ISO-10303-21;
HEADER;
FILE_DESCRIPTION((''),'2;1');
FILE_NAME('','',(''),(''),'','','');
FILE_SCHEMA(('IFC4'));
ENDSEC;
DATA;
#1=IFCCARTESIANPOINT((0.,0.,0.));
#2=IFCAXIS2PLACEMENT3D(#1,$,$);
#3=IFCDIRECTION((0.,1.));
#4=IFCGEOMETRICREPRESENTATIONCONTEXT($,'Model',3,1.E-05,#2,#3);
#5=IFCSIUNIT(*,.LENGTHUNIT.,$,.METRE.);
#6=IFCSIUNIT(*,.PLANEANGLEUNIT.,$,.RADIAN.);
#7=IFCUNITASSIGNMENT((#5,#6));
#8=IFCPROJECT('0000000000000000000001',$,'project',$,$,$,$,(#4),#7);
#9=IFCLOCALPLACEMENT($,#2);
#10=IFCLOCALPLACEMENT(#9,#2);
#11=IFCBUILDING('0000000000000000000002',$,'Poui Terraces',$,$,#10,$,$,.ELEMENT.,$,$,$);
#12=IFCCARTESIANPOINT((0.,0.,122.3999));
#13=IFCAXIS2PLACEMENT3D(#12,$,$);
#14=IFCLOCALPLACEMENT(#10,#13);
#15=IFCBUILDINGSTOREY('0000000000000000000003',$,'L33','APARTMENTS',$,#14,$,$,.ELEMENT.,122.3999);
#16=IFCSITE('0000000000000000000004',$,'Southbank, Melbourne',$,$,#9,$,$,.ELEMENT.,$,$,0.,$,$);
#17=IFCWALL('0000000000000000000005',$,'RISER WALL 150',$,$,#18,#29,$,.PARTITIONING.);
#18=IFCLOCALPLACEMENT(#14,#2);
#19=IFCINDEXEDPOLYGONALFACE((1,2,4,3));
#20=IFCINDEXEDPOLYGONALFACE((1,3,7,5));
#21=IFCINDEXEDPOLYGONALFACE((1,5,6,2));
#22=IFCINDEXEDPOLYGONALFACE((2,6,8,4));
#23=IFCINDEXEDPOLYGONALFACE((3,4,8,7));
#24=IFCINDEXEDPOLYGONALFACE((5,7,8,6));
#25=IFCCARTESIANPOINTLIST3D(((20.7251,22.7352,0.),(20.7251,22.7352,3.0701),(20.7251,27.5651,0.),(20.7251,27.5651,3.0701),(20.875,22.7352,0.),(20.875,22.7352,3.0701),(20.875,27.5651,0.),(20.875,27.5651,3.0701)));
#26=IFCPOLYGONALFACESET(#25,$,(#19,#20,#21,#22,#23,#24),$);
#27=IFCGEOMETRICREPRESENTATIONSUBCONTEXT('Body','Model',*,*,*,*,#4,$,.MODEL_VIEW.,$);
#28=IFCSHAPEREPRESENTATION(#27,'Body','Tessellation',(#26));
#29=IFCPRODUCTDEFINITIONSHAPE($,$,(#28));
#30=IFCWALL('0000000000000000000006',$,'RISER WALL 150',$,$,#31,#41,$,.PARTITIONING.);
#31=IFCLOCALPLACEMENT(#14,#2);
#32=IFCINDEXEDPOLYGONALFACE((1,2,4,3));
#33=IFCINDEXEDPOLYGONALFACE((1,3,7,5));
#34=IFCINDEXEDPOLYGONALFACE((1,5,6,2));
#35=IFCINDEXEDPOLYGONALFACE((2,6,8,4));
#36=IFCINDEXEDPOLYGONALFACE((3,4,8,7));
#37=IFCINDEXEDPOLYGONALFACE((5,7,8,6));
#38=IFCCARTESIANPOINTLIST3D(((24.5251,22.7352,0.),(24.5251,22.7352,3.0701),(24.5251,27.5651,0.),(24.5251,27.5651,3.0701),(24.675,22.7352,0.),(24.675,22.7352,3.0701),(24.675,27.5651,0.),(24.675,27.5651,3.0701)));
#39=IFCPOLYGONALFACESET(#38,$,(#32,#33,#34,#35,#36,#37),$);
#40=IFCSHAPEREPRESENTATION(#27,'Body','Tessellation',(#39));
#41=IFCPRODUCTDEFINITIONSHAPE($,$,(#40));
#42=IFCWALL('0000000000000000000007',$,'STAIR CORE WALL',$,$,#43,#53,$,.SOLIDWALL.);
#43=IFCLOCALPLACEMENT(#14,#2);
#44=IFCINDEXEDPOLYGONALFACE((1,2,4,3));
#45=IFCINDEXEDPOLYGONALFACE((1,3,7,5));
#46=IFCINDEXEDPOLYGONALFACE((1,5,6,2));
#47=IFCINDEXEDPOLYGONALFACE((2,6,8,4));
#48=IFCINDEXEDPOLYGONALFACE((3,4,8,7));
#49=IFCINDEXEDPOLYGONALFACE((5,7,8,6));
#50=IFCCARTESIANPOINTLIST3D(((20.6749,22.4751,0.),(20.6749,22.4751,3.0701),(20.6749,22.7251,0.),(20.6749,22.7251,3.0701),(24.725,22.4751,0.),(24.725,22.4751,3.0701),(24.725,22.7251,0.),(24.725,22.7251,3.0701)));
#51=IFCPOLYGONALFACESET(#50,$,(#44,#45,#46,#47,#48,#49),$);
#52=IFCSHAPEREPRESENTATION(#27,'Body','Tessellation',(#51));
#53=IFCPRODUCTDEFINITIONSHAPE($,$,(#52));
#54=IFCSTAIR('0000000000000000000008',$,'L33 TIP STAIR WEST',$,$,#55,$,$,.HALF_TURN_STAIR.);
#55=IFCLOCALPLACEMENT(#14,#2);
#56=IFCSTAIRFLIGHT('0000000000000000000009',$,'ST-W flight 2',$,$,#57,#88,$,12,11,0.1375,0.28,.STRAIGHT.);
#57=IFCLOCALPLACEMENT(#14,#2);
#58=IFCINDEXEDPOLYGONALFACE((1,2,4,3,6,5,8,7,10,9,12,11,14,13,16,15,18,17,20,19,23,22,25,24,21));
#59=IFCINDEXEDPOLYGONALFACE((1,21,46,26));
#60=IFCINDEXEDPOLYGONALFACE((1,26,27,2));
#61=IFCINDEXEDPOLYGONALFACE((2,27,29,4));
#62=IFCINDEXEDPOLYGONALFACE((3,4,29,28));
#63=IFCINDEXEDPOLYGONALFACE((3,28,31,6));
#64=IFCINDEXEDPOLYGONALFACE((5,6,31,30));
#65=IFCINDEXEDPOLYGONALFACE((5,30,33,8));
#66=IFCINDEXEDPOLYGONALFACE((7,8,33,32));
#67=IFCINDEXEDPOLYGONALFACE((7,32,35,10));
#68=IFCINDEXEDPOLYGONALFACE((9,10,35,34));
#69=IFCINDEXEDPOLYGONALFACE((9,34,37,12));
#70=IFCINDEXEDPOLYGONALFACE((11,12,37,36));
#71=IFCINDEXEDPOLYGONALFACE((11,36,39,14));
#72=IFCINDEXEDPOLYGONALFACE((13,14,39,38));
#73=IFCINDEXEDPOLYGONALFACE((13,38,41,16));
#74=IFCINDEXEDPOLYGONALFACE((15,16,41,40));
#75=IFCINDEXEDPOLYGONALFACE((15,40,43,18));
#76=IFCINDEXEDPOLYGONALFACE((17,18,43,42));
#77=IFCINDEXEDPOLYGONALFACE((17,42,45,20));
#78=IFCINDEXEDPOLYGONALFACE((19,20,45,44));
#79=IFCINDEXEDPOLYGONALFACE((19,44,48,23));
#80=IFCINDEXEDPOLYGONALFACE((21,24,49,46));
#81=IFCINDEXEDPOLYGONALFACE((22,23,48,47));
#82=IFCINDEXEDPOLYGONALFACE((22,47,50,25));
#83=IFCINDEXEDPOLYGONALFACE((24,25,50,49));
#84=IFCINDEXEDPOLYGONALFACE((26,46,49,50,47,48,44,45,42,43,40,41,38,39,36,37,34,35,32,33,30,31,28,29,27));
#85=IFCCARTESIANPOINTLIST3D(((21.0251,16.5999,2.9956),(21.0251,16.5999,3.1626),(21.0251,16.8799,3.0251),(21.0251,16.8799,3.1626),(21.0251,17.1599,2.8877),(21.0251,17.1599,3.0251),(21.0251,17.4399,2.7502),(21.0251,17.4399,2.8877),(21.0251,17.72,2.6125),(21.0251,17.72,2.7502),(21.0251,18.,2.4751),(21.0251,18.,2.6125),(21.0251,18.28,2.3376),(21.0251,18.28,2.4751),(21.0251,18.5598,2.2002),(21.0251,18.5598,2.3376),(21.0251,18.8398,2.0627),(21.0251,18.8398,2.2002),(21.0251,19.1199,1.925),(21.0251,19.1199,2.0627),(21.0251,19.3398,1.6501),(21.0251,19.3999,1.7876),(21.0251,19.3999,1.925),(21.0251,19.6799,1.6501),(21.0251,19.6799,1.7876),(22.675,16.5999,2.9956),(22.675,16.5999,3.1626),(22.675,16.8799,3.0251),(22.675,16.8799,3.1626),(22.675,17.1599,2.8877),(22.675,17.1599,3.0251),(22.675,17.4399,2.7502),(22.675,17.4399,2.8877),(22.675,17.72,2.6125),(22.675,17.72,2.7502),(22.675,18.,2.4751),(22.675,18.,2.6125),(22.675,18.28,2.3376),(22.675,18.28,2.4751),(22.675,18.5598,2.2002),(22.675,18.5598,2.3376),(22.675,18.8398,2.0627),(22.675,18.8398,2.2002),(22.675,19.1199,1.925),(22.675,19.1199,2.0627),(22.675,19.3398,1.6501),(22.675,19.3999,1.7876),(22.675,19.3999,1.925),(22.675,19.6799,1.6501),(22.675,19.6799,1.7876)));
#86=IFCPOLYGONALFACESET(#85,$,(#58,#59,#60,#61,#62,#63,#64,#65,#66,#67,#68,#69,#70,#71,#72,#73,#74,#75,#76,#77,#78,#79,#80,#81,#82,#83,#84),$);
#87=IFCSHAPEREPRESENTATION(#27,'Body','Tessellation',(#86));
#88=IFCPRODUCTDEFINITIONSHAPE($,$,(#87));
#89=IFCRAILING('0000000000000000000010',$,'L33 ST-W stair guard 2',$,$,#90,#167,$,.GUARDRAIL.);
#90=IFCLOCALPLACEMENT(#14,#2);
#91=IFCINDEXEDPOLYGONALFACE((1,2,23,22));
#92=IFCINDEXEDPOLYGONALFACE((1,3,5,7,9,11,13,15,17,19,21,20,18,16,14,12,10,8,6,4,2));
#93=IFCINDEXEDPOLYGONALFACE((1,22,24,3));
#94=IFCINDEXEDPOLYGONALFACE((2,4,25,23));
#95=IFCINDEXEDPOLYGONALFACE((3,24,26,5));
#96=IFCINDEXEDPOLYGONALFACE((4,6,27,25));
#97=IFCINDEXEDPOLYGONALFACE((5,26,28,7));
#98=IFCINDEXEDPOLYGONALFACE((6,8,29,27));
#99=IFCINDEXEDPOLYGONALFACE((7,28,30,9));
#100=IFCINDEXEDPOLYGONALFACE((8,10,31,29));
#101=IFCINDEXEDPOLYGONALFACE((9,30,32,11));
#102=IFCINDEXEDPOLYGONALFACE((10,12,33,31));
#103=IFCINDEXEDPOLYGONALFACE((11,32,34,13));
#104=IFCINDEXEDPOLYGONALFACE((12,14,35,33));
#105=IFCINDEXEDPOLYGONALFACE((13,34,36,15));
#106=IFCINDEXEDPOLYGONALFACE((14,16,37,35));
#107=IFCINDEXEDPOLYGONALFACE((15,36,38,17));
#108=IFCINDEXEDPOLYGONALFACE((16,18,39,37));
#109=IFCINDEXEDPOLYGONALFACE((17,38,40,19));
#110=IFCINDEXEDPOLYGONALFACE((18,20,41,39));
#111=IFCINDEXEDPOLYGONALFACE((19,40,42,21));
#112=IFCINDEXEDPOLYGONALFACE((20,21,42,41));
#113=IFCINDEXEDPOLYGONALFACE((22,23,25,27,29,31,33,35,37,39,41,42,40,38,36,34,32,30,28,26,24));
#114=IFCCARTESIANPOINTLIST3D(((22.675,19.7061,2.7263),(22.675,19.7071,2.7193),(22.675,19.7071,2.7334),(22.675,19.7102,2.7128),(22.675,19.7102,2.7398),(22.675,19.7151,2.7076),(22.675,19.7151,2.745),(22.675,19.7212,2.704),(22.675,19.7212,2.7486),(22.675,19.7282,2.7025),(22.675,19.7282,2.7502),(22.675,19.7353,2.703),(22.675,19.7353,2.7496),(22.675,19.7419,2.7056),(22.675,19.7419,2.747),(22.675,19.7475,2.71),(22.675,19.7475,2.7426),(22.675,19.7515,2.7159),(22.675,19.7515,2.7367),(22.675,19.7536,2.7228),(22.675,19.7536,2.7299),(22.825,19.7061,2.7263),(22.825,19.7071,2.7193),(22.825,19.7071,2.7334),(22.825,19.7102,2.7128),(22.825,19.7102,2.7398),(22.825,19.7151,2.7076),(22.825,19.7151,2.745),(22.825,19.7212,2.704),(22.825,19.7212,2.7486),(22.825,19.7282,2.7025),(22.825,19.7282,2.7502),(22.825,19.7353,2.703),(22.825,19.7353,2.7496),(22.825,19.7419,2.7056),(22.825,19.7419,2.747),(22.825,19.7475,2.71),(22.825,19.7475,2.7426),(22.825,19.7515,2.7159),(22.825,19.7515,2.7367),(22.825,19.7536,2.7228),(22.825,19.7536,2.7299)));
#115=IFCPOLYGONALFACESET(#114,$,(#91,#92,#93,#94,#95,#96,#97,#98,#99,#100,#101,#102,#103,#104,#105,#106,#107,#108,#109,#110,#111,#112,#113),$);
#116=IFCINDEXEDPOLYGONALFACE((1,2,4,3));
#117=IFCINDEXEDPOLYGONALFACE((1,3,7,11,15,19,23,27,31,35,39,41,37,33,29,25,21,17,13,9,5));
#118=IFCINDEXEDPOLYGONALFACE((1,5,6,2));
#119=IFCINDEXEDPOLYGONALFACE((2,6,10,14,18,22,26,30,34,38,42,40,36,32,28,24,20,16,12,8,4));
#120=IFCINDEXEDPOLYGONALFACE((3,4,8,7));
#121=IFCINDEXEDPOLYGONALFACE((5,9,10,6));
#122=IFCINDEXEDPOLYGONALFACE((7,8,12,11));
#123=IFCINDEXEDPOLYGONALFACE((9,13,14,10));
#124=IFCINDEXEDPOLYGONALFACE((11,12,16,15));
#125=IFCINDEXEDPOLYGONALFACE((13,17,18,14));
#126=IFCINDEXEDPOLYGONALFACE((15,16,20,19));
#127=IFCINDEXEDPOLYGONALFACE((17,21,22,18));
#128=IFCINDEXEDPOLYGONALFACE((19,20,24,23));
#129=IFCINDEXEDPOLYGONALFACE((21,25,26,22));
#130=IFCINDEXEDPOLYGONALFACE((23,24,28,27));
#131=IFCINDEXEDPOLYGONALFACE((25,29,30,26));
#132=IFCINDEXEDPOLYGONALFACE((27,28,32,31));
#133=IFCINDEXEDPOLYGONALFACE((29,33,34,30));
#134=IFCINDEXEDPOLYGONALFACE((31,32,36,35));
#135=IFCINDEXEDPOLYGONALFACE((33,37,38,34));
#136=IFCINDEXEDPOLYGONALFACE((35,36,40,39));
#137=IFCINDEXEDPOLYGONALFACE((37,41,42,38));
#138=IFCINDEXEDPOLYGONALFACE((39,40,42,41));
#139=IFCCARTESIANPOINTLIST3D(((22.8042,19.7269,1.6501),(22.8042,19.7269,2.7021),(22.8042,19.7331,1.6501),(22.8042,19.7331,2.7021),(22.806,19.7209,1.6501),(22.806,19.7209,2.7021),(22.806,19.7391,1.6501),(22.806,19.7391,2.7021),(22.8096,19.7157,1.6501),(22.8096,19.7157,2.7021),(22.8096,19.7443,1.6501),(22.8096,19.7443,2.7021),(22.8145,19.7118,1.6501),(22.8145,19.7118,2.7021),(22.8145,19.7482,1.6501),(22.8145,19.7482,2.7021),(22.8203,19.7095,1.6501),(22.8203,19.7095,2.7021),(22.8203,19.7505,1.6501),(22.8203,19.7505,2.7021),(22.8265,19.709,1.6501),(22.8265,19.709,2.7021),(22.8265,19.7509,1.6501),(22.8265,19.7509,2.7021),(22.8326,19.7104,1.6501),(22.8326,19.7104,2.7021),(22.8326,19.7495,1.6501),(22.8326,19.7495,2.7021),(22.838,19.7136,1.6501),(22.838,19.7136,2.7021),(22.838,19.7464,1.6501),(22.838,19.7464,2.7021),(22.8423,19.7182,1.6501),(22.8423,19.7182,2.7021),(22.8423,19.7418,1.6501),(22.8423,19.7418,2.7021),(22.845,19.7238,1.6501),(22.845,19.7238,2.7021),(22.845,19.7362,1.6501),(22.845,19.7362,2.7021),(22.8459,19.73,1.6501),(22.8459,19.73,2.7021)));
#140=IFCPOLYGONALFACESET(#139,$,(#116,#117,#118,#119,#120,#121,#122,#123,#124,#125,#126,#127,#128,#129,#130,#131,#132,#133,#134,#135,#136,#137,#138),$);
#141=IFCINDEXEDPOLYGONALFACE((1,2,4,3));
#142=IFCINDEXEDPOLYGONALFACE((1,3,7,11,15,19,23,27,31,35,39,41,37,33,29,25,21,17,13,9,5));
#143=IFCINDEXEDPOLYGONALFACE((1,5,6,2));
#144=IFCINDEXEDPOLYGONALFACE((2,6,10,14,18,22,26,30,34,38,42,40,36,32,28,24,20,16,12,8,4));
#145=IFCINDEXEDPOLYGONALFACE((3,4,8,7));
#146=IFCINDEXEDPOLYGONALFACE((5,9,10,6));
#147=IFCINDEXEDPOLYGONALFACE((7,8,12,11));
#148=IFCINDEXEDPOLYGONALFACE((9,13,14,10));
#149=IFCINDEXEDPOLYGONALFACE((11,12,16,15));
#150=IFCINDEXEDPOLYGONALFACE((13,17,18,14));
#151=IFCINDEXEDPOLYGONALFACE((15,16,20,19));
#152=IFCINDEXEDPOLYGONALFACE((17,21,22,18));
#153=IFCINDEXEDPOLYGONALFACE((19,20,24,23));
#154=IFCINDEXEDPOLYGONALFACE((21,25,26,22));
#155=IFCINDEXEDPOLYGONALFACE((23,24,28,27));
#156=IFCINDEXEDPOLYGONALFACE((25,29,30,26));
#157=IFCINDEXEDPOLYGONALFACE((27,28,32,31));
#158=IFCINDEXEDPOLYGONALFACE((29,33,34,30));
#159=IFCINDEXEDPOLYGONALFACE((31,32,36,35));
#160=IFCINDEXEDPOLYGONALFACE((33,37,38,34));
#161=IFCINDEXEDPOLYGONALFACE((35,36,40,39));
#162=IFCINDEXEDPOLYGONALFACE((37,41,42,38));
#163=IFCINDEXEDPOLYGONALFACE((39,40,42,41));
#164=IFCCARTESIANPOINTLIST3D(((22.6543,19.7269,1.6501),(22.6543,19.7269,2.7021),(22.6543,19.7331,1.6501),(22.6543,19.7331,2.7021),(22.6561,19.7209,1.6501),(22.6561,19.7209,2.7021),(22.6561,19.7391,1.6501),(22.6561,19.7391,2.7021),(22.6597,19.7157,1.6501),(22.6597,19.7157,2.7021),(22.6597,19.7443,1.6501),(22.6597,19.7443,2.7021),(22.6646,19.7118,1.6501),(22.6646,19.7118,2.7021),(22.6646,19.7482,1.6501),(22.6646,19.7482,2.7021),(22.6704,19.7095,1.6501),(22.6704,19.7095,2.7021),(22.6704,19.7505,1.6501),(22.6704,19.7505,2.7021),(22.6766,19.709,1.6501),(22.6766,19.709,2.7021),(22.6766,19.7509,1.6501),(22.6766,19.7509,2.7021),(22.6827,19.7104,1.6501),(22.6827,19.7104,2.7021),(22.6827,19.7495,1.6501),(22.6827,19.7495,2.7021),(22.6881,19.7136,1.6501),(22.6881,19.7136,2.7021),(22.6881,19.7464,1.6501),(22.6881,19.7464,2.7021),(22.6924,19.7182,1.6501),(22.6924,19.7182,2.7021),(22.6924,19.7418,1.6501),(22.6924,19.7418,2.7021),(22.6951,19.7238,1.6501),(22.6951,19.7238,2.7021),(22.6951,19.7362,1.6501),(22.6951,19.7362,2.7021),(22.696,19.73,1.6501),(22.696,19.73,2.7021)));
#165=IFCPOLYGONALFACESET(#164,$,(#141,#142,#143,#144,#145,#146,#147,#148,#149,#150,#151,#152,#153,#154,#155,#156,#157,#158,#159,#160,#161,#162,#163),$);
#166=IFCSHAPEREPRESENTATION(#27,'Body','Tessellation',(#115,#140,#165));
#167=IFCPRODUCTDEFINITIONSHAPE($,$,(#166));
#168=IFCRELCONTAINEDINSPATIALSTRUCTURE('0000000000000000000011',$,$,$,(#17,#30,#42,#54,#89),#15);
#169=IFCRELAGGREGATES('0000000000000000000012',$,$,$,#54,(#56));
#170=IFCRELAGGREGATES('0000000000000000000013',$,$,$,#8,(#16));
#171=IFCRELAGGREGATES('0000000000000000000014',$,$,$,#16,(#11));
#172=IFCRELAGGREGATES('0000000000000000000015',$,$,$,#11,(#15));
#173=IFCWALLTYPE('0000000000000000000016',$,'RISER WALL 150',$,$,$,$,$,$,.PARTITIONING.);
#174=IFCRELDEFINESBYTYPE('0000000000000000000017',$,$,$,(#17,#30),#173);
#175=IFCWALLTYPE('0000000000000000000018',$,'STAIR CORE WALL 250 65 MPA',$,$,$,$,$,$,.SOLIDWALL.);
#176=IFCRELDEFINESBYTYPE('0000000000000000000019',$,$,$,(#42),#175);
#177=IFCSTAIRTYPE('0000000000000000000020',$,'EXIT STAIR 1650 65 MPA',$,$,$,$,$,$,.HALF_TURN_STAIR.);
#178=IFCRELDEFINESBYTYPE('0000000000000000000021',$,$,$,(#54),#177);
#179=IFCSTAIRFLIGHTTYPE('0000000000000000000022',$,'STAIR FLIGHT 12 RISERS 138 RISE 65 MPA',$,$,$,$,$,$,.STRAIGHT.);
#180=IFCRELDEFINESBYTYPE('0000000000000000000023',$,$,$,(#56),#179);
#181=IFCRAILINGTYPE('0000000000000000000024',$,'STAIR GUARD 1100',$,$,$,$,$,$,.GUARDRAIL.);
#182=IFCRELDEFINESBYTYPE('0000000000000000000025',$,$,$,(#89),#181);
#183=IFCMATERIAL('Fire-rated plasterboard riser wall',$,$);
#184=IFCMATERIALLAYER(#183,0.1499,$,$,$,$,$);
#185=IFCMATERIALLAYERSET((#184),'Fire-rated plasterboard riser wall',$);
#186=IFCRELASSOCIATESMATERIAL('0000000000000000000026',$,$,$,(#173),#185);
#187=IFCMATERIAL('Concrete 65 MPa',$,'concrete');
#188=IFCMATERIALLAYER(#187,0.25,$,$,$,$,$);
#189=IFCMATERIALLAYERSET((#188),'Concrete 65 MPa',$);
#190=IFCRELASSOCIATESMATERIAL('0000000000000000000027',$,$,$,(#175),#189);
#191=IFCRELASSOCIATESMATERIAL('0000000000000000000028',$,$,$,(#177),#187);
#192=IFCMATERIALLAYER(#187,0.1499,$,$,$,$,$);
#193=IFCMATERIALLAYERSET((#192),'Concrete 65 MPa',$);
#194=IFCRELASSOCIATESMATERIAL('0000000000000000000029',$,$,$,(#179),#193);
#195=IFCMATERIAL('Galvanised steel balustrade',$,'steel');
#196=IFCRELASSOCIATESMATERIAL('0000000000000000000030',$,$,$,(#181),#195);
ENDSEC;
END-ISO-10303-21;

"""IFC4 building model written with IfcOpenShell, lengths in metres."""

from ifc_helpers import new_model, si_unit, direction, frame, frame_2d, origin, origin_2d, place, context, subcontext, project, spatial, polyline, rectangle, circle, outline, extrude, material, layer, layer_set, type_object, element, aggregate, save


model = new_model("IFC4")

# Units and contexts
model_context = context("Model", 3, precision=1e-05, world=origin(), true_north=direction((0.0, 1.0)))
body_context = subcontext(model_context, "Body", "Model", "MODEL_VIEW")
ifc_project = project(units=[si_unit("LENGTHUNIT", "METRE"), si_unit("PLANEANGLEUNIT", "RADIAN")], contexts=[model_context])

# Site, building, storey
site_placement = place(None, origin())
site = spatial("IfcSite", under=ifc_project, at=site_placement, Name="Southbank, Melbourne", CompositionType="ELEMENT", RefElevation=0.0)
building_placement = place(site_placement, origin())
building = spatial("IfcBuilding", under=site, at=building_placement, Name="Poui Terraces", CompositionType="ELEMENT")
storey_placement = place(building_placement, frame((0.0, 0.0, 122.3999)))
storey = spatial("IfcBuildingStorey", under=building, at=storey_placement, Name="L33", Description="APARTMENTS", CompositionType="ELEMENT", Elevation=122.3999)

# Walls
ifc_material_1 = material(Name="Fire-rated plasterboard riser wall")
ifc_layer_1 = layer(ifc_material_1, 0.1499)
ifc_layer_set_1 = layer_set([ifc_layer_1], Name="Fire-rated plasterboard riser wall")
wall_type_1 = type_object("IfcWallType", Name="RISER WALL 150", PredefinedType="PARTITIONING", material=ifc_layer_set_1)
for number, where, z_axis, x_axis, name in (
    (1, (20.8, 22.7351, 0.0), (0.0, 0.0, 1.0), (0.0, 1.0, 0.0), "RISER WALL 150"),
    (2, (24.6001, 22.7351, 0.0), (0.0, 0.0, 1.0), (0.0, 1.0, 0.0), "RISER WALL 150"),
):
    element("IfcWall", number, at=place(storey_placement, frame(where, z_axis=z_axis, x_axis=x_axis)), inside=storey, type_object=wall_type_1, Name=name, PredefinedType="PARTITIONING", context=body_context, shape_type="SweptSolid", body=[
        extrude(rectangle(XDim=4.8298, YDim=0.1499, at=frame_2d((2.415, 0.0))), origin(), (0.0, 0.0, 1.0), 3.0701),
    ])
ifc_material_2 = material(Name="Concrete 65 MPa", Category="concrete")
ifc_layer_2 = layer(ifc_material_2, 0.25)
ifc_layer_set_2 = layer_set([ifc_layer_2], Name="Concrete 65 MPa")
wall_type_2 = type_object("IfcWallType", Name="STAIR CORE WALL 250 65 MPA", PredefinedType="SOLIDWALL", material=ifc_layer_set_2)
wall_placement = place(storey_placement, frame((20.675, 22.6001, 0.0), z_axis=(0.0, 0.0, 1.0), x_axis=(1.0, 0.0, 0.0)))
element("IfcWall", 3, at=wall_placement, inside=storey, type_object=wall_type_2, Name="STAIR CORE WALL", PredefinedType="SOLIDWALL", context=body_context, shape_type="SweptSolid", body=[
    extrude(rectangle(XDim=4.05, YDim=0.25, at=frame_2d((2.0249, 0.0))), origin(), (0.0, 0.0, 1.0), 3.0701),
])

# Stair, stair flight
stair_type = type_object("IfcStairType", Name="EXIT STAIR 1650 65 MPA", PredefinedType="HALF_TURN_STAIR", material=ifc_material_2)
stair_placement = place(storey_placement, origin())
stair = element("IfcStair", 4, at=stair_placement, inside=storey, type_object=stair_type, Name="L33 TIP STAIR WEST", PredefinedType="HALF_TURN_STAIR")
ifc_layer_3 = layer(ifc_material_2, 0.1499)
ifc_layer_set_3 = layer_set([ifc_layer_3], Name="Concrete 65 MPa")
stair_flight_type = type_object("IfcStairFlightType", Name="STAIR FLIGHT 12 RISERS 138 RISE 65 MPA", PredefinedType="STRAIGHT", material=ifc_layer_set_3)
stair_flight_placement = place(storey_placement, frame((21.8501, 19.6799, 1.6501), z_axis=(0.0, 0.0, 1.0), x_axis=(0.0, -1.0, 0.0)))
stair_flight = element("IfcStairFlight", 5, at=stair_flight_placement, type_object=stair_flight_type, Name="ST-W flight 2", NumberOfRisers=12, NumberOfTreads=11, PredefinedType="STRAIGHT", RiserHeight=0.1375, TreadLength=0.28, context=body_context, shape_type="SweptSolid", body=[
    extrude(outline(polyline([(0.0, 0.0), (0.0, 0.1375), (0.28, 0.1375), (0.28, 0.2749), (0.5601, 0.2749), (0.5601, 0.4126), (0.8401, 0.4126), (0.8401, 0.55), (1.1201, 0.55), (1.1201, 0.6875), (1.3999, 0.6875), (1.3999, 0.825), (1.6799, 0.825), (1.6799, 0.9624), (1.96, 0.9624), (1.96, 1.1001), (2.24, 1.1001), (2.24, 1.2375), (2.52, 1.2375), (2.52, 1.375), (2.8, 1.375), (2.8, 1.5125), (3.0801, 1.5125), (3.0801, 1.6499), (3.0801, 1.3455), (0.3401, 0.0), (0.0, 0.0)])), frame((0.0, 0.825, 0.0), z_axis=(0.0, -1.0, 0.0), x_axis=(1.0, 0.0, 0.0)), (0.0, 0.0, 1.0), 1.6499),
])
aggregate(stair, [stair_flight])

# Railing
ifc_material_3 = material(Name="Galvanised steel balustrade", Category="steel")
railing_type = type_object("IfcRailingType", Name="STAIR GUARD 1100", PredefinedType="GUARDRAIL", material=ifc_material_3)
railing_1_placement = place(storey_placement, frame((22.825, 19.73, 1.6501)))
element("IfcRailing", 6, at=railing_1_placement, inside=storey, type_object=railing_type, Name="L33 ST-W stair guard 2", PredefinedType="GUARDRAIL", context=body_context, shape_type="SweptSolid", body=[
    extrude(circle(Radius=0.0239, at=origin_2d()), frame((0.0, 0.0, 1.0762), z_axis=(-1.0, 0.0, 0.0), x_axis=(0.0, -1.0, 0.0)), (0.0, 0.0, 1.0), 0.1499),
    extrude(circle(Radius=0.021, at=origin_2d()), origin(), (0.0, 0.0, 1.0), 1.052),
    extrude(circle(Radius=0.021, at=origin_2d()), frame((-0.1499, 0.0, 0.0)), (0.0, 0.0, 1.0), 1.052),
])

save(model, "model.ifc")
